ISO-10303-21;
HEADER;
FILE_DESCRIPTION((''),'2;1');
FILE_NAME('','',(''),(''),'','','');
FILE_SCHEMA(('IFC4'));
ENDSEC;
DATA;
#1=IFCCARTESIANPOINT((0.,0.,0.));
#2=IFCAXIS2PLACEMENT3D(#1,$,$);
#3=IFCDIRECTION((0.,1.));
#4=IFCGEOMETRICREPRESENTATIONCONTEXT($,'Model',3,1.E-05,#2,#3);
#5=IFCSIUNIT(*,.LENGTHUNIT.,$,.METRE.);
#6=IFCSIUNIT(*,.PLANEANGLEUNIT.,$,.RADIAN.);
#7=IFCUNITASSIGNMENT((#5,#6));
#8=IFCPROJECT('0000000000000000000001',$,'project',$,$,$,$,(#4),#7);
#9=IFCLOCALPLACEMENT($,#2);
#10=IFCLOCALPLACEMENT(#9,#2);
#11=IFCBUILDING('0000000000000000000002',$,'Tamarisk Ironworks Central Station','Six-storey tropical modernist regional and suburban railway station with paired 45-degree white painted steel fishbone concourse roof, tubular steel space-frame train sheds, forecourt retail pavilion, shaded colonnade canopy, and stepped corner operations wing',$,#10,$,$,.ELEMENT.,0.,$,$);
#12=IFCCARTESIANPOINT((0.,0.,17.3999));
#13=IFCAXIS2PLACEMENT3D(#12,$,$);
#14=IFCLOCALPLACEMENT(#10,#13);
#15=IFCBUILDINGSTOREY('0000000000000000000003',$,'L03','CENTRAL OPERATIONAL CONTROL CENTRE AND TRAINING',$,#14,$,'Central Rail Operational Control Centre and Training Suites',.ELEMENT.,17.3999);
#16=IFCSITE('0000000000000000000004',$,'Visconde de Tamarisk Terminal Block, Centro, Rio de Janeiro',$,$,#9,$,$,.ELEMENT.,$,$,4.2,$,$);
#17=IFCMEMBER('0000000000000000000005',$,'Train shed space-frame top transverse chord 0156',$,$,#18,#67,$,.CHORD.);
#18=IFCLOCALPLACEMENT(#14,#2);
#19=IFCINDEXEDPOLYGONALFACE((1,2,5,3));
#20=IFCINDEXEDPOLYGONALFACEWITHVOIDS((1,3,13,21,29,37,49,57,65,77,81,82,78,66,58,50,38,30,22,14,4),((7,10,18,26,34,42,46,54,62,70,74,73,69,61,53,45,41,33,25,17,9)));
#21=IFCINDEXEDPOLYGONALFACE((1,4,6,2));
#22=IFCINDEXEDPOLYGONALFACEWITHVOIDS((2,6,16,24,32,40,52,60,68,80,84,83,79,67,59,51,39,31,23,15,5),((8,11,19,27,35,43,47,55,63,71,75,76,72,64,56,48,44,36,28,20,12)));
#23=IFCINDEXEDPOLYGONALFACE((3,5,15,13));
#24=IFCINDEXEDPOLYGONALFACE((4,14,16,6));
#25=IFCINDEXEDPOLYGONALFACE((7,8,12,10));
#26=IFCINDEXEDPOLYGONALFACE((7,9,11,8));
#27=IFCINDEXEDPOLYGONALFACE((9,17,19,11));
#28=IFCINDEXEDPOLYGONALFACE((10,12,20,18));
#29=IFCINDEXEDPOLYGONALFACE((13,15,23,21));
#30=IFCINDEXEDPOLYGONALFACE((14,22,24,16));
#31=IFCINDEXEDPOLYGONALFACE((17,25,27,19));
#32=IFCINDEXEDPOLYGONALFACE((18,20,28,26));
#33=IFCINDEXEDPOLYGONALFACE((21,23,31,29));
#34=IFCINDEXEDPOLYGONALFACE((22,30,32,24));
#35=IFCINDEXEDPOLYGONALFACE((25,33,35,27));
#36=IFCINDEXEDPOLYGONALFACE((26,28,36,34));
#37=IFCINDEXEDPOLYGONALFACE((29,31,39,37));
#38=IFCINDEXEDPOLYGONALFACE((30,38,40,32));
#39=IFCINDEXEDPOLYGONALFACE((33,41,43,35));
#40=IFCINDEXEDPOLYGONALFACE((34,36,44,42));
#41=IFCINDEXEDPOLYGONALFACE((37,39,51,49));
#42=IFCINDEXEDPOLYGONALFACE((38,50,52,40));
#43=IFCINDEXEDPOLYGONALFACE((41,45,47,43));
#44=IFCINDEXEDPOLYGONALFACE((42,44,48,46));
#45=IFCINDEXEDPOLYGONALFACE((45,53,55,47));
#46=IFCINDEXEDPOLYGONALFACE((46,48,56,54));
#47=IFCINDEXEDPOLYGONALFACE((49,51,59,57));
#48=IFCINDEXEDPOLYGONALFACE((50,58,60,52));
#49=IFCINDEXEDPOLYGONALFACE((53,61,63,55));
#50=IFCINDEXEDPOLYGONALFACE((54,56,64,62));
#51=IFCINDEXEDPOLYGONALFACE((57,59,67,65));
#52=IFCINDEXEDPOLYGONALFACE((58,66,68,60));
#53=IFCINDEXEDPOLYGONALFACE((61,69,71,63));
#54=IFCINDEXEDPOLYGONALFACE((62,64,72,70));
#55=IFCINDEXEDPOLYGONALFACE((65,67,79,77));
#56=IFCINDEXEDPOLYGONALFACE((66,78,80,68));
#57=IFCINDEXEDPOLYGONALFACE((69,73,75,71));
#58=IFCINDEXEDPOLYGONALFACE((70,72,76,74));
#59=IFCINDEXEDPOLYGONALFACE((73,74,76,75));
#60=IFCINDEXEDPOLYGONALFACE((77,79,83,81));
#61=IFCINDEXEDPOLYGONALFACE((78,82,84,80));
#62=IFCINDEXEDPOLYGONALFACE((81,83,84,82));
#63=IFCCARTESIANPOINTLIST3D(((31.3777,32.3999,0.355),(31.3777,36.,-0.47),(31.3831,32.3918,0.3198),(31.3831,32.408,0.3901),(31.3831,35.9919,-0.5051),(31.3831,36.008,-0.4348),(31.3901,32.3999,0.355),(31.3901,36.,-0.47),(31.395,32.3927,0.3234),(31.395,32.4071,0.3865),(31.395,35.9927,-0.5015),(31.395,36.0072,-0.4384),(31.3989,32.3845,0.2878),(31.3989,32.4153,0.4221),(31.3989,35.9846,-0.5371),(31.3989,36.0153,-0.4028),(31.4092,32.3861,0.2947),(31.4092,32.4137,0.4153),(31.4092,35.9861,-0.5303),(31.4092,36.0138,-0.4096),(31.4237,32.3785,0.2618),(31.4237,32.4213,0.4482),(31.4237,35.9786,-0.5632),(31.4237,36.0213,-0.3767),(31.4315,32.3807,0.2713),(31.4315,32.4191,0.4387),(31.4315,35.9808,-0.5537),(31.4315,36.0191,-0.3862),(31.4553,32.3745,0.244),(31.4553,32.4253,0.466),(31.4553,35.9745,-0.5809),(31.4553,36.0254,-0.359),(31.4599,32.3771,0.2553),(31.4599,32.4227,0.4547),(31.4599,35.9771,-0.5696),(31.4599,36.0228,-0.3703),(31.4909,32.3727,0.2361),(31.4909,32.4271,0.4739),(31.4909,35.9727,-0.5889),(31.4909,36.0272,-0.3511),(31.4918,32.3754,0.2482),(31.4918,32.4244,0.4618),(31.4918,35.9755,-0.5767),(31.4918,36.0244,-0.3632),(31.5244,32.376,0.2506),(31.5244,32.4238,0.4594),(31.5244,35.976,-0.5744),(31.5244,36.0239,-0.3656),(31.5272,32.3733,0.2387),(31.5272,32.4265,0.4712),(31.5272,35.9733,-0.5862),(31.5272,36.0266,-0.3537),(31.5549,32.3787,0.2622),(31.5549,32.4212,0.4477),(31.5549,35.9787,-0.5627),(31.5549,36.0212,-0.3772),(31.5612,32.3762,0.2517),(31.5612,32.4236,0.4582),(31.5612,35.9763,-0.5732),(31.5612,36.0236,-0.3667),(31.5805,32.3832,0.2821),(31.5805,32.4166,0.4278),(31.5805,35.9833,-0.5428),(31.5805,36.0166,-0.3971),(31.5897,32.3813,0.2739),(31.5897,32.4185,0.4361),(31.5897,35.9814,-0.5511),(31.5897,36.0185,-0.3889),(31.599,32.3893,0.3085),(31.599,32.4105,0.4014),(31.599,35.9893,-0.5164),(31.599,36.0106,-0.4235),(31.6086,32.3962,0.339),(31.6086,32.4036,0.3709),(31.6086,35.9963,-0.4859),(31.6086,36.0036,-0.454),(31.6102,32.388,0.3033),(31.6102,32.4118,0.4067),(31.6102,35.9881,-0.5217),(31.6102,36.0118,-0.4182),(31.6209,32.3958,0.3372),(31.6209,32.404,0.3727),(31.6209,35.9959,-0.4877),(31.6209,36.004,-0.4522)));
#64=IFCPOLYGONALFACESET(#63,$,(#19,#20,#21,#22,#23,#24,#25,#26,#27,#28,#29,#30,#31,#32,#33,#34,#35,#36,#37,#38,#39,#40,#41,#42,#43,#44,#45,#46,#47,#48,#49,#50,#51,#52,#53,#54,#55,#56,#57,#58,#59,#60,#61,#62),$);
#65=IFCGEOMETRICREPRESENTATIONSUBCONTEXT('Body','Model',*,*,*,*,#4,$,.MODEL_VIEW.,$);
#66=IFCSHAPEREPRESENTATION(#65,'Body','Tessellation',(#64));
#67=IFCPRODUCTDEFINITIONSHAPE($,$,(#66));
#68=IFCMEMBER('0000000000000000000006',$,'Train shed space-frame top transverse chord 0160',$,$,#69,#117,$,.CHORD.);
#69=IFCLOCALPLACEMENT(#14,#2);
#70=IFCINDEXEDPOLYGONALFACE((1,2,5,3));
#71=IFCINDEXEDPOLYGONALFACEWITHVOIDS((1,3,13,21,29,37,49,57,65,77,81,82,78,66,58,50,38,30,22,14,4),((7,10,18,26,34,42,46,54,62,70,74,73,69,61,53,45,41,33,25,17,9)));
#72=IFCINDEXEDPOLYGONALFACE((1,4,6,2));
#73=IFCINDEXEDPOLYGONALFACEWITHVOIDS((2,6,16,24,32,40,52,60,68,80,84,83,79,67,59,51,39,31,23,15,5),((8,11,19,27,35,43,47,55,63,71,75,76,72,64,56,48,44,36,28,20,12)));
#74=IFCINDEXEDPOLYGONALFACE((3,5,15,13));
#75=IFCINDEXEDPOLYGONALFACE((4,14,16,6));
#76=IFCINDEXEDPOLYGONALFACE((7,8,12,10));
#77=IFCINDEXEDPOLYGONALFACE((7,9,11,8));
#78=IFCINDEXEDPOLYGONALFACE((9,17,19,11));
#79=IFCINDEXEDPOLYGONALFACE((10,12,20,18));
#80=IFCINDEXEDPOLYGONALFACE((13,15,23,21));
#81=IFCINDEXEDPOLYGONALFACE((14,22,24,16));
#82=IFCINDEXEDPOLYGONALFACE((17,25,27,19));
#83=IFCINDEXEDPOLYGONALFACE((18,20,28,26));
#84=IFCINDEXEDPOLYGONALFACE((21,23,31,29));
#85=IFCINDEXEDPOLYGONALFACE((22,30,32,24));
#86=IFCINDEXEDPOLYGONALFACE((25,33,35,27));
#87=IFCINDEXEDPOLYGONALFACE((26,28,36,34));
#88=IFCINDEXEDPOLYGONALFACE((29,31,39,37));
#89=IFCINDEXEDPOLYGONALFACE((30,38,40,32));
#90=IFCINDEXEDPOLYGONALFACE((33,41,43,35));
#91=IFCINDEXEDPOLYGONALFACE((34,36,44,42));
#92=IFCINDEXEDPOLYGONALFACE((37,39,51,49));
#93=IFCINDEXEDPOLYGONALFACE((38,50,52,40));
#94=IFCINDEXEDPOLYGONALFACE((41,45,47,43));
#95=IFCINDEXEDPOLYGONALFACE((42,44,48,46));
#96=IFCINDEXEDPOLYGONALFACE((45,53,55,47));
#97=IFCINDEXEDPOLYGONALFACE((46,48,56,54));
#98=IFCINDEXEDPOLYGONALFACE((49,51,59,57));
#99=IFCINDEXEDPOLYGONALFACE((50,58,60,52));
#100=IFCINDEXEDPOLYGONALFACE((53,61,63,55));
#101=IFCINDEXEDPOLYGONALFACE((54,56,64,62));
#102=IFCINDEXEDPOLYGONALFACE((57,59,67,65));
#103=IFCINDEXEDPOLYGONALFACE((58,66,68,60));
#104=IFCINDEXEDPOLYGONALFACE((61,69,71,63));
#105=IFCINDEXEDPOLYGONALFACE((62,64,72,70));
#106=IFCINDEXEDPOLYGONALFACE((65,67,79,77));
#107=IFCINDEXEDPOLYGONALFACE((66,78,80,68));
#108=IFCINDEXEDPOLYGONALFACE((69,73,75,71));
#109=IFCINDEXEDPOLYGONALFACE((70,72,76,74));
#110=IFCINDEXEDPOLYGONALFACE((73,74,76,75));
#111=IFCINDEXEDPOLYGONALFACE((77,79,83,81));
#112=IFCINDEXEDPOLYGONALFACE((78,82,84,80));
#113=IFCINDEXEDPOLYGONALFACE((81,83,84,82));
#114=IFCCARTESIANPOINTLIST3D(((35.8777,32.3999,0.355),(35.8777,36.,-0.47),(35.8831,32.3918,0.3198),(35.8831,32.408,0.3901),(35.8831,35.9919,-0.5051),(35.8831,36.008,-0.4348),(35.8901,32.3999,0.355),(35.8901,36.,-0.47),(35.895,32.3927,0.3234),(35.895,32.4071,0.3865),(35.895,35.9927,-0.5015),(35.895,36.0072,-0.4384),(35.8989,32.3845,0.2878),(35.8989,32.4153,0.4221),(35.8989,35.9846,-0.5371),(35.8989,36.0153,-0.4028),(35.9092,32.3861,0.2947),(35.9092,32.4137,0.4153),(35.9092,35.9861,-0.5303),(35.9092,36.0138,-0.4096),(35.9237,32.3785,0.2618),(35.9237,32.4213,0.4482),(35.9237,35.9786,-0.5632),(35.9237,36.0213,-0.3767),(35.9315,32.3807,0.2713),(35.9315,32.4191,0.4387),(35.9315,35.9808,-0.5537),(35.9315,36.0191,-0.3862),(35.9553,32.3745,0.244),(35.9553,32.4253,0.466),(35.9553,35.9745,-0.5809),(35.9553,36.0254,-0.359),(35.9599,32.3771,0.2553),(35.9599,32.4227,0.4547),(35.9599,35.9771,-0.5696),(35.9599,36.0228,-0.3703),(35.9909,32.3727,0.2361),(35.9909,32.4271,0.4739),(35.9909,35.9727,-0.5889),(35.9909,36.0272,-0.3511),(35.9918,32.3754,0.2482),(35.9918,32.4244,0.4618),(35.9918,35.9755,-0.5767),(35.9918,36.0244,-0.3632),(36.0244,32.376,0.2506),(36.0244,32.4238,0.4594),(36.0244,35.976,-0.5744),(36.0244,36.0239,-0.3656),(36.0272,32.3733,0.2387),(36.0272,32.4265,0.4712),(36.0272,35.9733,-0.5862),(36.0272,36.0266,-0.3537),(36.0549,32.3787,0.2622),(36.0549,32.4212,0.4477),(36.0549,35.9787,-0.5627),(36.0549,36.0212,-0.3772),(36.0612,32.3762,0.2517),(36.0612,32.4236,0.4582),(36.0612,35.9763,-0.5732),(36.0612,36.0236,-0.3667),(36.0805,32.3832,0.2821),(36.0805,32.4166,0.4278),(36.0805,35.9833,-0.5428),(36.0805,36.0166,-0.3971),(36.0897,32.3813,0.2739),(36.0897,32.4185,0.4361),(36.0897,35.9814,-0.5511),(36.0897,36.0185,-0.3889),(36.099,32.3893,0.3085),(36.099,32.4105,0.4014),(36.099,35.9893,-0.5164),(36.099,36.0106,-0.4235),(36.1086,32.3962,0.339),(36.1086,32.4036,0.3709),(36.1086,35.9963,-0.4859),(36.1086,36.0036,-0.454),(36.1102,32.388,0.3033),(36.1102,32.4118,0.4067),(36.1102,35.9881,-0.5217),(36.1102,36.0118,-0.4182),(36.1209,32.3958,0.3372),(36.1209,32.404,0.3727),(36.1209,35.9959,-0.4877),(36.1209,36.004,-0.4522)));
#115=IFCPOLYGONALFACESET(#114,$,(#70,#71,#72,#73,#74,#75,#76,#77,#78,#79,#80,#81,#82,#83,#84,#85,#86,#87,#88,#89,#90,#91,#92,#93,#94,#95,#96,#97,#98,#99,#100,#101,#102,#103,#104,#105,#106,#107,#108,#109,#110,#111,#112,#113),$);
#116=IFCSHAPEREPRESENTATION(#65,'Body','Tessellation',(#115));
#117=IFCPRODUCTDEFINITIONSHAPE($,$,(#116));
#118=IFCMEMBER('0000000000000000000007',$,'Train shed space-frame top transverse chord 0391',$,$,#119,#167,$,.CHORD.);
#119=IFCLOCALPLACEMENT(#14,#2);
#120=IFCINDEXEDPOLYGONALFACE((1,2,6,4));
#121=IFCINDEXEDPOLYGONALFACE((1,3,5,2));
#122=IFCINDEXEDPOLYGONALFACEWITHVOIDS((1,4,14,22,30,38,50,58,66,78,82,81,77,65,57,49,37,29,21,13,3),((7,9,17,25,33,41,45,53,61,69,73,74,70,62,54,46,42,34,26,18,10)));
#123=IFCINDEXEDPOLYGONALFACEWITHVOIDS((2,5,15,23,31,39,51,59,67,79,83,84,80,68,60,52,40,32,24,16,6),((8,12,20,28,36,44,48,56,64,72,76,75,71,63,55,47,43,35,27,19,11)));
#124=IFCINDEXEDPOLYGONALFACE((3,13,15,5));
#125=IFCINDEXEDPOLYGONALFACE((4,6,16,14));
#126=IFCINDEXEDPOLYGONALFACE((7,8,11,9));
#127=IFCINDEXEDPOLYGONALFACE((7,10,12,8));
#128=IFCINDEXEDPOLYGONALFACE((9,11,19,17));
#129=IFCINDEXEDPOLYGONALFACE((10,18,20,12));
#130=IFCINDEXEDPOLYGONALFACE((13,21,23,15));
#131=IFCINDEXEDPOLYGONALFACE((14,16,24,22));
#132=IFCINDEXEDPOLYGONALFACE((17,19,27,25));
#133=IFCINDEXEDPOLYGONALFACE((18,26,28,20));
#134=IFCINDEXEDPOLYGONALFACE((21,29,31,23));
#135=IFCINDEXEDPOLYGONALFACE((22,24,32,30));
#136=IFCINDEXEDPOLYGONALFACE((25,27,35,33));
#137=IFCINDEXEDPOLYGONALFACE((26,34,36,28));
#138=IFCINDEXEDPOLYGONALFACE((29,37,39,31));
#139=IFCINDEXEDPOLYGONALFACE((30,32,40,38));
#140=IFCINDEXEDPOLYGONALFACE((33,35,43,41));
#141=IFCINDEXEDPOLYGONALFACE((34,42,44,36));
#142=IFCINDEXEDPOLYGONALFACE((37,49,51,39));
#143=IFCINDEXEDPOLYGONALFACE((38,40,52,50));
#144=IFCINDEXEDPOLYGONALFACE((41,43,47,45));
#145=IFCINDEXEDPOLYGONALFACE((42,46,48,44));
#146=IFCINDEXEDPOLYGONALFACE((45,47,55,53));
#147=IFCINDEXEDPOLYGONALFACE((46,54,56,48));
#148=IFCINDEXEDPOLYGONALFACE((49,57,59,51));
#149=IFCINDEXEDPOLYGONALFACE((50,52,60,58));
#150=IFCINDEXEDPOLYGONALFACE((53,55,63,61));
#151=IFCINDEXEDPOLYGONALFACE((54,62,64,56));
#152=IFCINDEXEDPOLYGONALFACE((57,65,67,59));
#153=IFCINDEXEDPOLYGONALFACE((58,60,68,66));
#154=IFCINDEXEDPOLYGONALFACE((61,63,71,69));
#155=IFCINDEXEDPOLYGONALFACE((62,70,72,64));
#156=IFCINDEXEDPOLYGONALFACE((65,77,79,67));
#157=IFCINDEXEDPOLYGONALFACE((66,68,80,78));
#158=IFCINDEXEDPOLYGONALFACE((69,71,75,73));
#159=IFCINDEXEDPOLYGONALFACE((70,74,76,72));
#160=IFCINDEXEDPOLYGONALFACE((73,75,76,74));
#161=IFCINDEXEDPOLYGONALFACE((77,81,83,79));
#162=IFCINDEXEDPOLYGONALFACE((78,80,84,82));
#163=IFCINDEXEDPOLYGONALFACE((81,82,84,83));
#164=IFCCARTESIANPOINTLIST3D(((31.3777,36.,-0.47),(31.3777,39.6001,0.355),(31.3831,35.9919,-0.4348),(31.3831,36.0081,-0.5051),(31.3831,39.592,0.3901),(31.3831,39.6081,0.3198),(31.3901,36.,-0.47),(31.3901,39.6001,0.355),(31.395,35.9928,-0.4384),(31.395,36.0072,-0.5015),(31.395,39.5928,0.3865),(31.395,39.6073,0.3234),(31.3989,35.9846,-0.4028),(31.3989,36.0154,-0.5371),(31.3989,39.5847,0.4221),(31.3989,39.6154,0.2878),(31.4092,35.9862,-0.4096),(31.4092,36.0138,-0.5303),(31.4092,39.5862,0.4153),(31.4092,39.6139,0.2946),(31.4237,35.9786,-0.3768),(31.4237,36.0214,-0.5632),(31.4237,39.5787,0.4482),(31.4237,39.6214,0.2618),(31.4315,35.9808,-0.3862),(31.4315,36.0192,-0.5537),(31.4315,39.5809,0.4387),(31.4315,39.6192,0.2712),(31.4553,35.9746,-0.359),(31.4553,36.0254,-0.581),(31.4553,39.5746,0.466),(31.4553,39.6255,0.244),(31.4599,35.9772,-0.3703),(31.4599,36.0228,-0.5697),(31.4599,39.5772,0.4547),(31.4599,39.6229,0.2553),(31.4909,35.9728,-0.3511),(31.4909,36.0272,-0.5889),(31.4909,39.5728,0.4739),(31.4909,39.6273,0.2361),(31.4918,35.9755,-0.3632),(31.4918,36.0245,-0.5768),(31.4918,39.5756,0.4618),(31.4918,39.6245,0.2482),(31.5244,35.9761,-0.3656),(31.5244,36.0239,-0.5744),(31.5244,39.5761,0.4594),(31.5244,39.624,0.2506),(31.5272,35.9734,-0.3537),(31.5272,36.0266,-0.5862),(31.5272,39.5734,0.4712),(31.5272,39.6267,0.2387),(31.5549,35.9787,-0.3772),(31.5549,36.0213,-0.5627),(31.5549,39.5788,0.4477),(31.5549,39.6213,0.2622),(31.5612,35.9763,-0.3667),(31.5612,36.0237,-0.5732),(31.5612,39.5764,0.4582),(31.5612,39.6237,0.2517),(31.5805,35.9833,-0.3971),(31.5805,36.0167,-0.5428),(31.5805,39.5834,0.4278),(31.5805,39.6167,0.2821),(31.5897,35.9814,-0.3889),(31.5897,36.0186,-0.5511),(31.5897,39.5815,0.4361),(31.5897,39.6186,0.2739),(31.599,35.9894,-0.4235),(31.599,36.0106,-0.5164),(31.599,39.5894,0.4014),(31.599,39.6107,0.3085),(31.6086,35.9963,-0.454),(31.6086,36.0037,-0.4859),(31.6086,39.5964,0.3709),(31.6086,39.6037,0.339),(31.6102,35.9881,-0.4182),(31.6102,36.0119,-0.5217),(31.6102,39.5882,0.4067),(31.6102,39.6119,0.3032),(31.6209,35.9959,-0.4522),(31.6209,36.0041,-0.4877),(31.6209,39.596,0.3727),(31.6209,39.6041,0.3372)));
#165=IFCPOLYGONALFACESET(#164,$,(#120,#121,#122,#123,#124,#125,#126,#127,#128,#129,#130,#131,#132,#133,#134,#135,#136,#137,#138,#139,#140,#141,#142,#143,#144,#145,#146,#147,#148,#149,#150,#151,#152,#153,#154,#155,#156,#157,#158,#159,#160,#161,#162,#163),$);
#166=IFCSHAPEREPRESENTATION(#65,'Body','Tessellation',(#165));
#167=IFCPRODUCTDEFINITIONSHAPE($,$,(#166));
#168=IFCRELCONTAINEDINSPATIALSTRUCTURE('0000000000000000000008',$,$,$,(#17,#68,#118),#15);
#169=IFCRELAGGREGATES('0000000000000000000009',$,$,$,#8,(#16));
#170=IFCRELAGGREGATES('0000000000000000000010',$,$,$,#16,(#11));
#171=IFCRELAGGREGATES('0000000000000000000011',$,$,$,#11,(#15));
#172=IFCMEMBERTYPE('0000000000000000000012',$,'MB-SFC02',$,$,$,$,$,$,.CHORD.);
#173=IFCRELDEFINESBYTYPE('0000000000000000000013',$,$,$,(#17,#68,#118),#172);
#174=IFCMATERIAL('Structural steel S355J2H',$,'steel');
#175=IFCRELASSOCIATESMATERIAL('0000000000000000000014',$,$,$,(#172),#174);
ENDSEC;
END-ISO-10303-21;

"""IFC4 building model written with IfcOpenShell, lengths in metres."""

from ifc_helpers import new_model, si_unit, direction, frame, origin, origin_2d, place, context, subcontext, project, spatial, hollow_circle, extrude, material, material_profile, profile_set, type_object, element, save


model = new_model("IFC4")

# Units and contexts
model_context = context("Model", 3, precision=1e-05, world=origin(), true_north=direction((0.0, 1.0)))
body_context = subcontext(model_context, "Body", "Model", "MODEL_VIEW")
ifc_project = project(units=[si_unit("LENGTHUNIT", "METRE"), si_unit("PLANEANGLEUNIT", "RADIAN")], contexts=[model_context])

# Site, building, storey
site_placement = place(None, origin())
site = spatial("IfcSite", under=ifc_project, at=site_placement, Name="Visconde de Tamarisk Terminal Block, Centro, Rio de Janeiro", CompositionType="ELEMENT", RefElevation=4.2)
building_placement = place(site_placement, origin())
building = spatial("IfcBuilding", under=site, at=building_placement, Name="Tamarisk Ironworks Central Station", Description="Six-storey tropical modernist regional and suburban railway station with paired 45-degree white painted steel fishbone concourse roof, tubular steel space-frame train sheds, forecourt retail pavilion, shaded colonnade canopy, and stepped corner operations wing", CompositionType="ELEMENT", ElevationOfRefHeight=0.0)
storey_placement = place(building_placement, frame((0.0, 0.0, 17.3999)))
storey = spatial("IfcBuildingStorey", under=building, at=storey_placement, Name="L03", Description="CENTRAL OPERATIONAL CONTROL CENTRE AND TRAINING", LongName="Central Rail Operational Control Centre and Training Suites", CompositionType="ELEMENT", Elevation=17.3999)

# Members
ifc_material_1 = material(Name="Structural steel S355J2H", Category="steel")
ifc_material_profile_1 = material_profile(ifc_material_1, hollow_circle(Radius=0.1223, WallThickness=0.0125, at=origin_2d()), Name="CHS 244.5x12.5")
ifc_profile_set_1 = profile_set([ifc_material_profile_1], Name="Structural steel S355J2H")
member_type_1 = type_object("IfcMemberType", Name="MB-SFC02", PredefinedType="CHORD", material=ifc_profile_set_1)
for number, where, z_axis, x_axis, name in (
    (1, (31.5, 32.3999, 0.355), (0.0, 0.974737, -0.223358), (-1.0, 0.0, 0.0), "Train shed space-frame top transverse chord 0156"),
    (2, (36.0, 32.3999, 0.355), (0.0, 0.974737, -0.223358), (-1.0, 0.0, 0.0), "Train shed space-frame top transverse chord 0160"),
    (3, (31.5, 36.0, -0.47), (0.0, 0.974737, 0.223358), (-1.0, 0.0, 0.0), "Train shed space-frame top transverse chord 0391"),
):
    element("IfcMember", number, at=place(storey_placement, frame(where, z_axis=z_axis, x_axis=x_axis)), inside=storey, type_object=member_type_1, Name=name, PredefinedType="CHORD", context=body_context, shape_type="SweptSolid", body=[
        extrude(hollow_circle(Radius=0.1223, WallThickness=0.0125, at=origin_2d()), origin(), (0.0, 0.0, 1.0), 3.6934),
    ])

save(model, "model.ifc")
